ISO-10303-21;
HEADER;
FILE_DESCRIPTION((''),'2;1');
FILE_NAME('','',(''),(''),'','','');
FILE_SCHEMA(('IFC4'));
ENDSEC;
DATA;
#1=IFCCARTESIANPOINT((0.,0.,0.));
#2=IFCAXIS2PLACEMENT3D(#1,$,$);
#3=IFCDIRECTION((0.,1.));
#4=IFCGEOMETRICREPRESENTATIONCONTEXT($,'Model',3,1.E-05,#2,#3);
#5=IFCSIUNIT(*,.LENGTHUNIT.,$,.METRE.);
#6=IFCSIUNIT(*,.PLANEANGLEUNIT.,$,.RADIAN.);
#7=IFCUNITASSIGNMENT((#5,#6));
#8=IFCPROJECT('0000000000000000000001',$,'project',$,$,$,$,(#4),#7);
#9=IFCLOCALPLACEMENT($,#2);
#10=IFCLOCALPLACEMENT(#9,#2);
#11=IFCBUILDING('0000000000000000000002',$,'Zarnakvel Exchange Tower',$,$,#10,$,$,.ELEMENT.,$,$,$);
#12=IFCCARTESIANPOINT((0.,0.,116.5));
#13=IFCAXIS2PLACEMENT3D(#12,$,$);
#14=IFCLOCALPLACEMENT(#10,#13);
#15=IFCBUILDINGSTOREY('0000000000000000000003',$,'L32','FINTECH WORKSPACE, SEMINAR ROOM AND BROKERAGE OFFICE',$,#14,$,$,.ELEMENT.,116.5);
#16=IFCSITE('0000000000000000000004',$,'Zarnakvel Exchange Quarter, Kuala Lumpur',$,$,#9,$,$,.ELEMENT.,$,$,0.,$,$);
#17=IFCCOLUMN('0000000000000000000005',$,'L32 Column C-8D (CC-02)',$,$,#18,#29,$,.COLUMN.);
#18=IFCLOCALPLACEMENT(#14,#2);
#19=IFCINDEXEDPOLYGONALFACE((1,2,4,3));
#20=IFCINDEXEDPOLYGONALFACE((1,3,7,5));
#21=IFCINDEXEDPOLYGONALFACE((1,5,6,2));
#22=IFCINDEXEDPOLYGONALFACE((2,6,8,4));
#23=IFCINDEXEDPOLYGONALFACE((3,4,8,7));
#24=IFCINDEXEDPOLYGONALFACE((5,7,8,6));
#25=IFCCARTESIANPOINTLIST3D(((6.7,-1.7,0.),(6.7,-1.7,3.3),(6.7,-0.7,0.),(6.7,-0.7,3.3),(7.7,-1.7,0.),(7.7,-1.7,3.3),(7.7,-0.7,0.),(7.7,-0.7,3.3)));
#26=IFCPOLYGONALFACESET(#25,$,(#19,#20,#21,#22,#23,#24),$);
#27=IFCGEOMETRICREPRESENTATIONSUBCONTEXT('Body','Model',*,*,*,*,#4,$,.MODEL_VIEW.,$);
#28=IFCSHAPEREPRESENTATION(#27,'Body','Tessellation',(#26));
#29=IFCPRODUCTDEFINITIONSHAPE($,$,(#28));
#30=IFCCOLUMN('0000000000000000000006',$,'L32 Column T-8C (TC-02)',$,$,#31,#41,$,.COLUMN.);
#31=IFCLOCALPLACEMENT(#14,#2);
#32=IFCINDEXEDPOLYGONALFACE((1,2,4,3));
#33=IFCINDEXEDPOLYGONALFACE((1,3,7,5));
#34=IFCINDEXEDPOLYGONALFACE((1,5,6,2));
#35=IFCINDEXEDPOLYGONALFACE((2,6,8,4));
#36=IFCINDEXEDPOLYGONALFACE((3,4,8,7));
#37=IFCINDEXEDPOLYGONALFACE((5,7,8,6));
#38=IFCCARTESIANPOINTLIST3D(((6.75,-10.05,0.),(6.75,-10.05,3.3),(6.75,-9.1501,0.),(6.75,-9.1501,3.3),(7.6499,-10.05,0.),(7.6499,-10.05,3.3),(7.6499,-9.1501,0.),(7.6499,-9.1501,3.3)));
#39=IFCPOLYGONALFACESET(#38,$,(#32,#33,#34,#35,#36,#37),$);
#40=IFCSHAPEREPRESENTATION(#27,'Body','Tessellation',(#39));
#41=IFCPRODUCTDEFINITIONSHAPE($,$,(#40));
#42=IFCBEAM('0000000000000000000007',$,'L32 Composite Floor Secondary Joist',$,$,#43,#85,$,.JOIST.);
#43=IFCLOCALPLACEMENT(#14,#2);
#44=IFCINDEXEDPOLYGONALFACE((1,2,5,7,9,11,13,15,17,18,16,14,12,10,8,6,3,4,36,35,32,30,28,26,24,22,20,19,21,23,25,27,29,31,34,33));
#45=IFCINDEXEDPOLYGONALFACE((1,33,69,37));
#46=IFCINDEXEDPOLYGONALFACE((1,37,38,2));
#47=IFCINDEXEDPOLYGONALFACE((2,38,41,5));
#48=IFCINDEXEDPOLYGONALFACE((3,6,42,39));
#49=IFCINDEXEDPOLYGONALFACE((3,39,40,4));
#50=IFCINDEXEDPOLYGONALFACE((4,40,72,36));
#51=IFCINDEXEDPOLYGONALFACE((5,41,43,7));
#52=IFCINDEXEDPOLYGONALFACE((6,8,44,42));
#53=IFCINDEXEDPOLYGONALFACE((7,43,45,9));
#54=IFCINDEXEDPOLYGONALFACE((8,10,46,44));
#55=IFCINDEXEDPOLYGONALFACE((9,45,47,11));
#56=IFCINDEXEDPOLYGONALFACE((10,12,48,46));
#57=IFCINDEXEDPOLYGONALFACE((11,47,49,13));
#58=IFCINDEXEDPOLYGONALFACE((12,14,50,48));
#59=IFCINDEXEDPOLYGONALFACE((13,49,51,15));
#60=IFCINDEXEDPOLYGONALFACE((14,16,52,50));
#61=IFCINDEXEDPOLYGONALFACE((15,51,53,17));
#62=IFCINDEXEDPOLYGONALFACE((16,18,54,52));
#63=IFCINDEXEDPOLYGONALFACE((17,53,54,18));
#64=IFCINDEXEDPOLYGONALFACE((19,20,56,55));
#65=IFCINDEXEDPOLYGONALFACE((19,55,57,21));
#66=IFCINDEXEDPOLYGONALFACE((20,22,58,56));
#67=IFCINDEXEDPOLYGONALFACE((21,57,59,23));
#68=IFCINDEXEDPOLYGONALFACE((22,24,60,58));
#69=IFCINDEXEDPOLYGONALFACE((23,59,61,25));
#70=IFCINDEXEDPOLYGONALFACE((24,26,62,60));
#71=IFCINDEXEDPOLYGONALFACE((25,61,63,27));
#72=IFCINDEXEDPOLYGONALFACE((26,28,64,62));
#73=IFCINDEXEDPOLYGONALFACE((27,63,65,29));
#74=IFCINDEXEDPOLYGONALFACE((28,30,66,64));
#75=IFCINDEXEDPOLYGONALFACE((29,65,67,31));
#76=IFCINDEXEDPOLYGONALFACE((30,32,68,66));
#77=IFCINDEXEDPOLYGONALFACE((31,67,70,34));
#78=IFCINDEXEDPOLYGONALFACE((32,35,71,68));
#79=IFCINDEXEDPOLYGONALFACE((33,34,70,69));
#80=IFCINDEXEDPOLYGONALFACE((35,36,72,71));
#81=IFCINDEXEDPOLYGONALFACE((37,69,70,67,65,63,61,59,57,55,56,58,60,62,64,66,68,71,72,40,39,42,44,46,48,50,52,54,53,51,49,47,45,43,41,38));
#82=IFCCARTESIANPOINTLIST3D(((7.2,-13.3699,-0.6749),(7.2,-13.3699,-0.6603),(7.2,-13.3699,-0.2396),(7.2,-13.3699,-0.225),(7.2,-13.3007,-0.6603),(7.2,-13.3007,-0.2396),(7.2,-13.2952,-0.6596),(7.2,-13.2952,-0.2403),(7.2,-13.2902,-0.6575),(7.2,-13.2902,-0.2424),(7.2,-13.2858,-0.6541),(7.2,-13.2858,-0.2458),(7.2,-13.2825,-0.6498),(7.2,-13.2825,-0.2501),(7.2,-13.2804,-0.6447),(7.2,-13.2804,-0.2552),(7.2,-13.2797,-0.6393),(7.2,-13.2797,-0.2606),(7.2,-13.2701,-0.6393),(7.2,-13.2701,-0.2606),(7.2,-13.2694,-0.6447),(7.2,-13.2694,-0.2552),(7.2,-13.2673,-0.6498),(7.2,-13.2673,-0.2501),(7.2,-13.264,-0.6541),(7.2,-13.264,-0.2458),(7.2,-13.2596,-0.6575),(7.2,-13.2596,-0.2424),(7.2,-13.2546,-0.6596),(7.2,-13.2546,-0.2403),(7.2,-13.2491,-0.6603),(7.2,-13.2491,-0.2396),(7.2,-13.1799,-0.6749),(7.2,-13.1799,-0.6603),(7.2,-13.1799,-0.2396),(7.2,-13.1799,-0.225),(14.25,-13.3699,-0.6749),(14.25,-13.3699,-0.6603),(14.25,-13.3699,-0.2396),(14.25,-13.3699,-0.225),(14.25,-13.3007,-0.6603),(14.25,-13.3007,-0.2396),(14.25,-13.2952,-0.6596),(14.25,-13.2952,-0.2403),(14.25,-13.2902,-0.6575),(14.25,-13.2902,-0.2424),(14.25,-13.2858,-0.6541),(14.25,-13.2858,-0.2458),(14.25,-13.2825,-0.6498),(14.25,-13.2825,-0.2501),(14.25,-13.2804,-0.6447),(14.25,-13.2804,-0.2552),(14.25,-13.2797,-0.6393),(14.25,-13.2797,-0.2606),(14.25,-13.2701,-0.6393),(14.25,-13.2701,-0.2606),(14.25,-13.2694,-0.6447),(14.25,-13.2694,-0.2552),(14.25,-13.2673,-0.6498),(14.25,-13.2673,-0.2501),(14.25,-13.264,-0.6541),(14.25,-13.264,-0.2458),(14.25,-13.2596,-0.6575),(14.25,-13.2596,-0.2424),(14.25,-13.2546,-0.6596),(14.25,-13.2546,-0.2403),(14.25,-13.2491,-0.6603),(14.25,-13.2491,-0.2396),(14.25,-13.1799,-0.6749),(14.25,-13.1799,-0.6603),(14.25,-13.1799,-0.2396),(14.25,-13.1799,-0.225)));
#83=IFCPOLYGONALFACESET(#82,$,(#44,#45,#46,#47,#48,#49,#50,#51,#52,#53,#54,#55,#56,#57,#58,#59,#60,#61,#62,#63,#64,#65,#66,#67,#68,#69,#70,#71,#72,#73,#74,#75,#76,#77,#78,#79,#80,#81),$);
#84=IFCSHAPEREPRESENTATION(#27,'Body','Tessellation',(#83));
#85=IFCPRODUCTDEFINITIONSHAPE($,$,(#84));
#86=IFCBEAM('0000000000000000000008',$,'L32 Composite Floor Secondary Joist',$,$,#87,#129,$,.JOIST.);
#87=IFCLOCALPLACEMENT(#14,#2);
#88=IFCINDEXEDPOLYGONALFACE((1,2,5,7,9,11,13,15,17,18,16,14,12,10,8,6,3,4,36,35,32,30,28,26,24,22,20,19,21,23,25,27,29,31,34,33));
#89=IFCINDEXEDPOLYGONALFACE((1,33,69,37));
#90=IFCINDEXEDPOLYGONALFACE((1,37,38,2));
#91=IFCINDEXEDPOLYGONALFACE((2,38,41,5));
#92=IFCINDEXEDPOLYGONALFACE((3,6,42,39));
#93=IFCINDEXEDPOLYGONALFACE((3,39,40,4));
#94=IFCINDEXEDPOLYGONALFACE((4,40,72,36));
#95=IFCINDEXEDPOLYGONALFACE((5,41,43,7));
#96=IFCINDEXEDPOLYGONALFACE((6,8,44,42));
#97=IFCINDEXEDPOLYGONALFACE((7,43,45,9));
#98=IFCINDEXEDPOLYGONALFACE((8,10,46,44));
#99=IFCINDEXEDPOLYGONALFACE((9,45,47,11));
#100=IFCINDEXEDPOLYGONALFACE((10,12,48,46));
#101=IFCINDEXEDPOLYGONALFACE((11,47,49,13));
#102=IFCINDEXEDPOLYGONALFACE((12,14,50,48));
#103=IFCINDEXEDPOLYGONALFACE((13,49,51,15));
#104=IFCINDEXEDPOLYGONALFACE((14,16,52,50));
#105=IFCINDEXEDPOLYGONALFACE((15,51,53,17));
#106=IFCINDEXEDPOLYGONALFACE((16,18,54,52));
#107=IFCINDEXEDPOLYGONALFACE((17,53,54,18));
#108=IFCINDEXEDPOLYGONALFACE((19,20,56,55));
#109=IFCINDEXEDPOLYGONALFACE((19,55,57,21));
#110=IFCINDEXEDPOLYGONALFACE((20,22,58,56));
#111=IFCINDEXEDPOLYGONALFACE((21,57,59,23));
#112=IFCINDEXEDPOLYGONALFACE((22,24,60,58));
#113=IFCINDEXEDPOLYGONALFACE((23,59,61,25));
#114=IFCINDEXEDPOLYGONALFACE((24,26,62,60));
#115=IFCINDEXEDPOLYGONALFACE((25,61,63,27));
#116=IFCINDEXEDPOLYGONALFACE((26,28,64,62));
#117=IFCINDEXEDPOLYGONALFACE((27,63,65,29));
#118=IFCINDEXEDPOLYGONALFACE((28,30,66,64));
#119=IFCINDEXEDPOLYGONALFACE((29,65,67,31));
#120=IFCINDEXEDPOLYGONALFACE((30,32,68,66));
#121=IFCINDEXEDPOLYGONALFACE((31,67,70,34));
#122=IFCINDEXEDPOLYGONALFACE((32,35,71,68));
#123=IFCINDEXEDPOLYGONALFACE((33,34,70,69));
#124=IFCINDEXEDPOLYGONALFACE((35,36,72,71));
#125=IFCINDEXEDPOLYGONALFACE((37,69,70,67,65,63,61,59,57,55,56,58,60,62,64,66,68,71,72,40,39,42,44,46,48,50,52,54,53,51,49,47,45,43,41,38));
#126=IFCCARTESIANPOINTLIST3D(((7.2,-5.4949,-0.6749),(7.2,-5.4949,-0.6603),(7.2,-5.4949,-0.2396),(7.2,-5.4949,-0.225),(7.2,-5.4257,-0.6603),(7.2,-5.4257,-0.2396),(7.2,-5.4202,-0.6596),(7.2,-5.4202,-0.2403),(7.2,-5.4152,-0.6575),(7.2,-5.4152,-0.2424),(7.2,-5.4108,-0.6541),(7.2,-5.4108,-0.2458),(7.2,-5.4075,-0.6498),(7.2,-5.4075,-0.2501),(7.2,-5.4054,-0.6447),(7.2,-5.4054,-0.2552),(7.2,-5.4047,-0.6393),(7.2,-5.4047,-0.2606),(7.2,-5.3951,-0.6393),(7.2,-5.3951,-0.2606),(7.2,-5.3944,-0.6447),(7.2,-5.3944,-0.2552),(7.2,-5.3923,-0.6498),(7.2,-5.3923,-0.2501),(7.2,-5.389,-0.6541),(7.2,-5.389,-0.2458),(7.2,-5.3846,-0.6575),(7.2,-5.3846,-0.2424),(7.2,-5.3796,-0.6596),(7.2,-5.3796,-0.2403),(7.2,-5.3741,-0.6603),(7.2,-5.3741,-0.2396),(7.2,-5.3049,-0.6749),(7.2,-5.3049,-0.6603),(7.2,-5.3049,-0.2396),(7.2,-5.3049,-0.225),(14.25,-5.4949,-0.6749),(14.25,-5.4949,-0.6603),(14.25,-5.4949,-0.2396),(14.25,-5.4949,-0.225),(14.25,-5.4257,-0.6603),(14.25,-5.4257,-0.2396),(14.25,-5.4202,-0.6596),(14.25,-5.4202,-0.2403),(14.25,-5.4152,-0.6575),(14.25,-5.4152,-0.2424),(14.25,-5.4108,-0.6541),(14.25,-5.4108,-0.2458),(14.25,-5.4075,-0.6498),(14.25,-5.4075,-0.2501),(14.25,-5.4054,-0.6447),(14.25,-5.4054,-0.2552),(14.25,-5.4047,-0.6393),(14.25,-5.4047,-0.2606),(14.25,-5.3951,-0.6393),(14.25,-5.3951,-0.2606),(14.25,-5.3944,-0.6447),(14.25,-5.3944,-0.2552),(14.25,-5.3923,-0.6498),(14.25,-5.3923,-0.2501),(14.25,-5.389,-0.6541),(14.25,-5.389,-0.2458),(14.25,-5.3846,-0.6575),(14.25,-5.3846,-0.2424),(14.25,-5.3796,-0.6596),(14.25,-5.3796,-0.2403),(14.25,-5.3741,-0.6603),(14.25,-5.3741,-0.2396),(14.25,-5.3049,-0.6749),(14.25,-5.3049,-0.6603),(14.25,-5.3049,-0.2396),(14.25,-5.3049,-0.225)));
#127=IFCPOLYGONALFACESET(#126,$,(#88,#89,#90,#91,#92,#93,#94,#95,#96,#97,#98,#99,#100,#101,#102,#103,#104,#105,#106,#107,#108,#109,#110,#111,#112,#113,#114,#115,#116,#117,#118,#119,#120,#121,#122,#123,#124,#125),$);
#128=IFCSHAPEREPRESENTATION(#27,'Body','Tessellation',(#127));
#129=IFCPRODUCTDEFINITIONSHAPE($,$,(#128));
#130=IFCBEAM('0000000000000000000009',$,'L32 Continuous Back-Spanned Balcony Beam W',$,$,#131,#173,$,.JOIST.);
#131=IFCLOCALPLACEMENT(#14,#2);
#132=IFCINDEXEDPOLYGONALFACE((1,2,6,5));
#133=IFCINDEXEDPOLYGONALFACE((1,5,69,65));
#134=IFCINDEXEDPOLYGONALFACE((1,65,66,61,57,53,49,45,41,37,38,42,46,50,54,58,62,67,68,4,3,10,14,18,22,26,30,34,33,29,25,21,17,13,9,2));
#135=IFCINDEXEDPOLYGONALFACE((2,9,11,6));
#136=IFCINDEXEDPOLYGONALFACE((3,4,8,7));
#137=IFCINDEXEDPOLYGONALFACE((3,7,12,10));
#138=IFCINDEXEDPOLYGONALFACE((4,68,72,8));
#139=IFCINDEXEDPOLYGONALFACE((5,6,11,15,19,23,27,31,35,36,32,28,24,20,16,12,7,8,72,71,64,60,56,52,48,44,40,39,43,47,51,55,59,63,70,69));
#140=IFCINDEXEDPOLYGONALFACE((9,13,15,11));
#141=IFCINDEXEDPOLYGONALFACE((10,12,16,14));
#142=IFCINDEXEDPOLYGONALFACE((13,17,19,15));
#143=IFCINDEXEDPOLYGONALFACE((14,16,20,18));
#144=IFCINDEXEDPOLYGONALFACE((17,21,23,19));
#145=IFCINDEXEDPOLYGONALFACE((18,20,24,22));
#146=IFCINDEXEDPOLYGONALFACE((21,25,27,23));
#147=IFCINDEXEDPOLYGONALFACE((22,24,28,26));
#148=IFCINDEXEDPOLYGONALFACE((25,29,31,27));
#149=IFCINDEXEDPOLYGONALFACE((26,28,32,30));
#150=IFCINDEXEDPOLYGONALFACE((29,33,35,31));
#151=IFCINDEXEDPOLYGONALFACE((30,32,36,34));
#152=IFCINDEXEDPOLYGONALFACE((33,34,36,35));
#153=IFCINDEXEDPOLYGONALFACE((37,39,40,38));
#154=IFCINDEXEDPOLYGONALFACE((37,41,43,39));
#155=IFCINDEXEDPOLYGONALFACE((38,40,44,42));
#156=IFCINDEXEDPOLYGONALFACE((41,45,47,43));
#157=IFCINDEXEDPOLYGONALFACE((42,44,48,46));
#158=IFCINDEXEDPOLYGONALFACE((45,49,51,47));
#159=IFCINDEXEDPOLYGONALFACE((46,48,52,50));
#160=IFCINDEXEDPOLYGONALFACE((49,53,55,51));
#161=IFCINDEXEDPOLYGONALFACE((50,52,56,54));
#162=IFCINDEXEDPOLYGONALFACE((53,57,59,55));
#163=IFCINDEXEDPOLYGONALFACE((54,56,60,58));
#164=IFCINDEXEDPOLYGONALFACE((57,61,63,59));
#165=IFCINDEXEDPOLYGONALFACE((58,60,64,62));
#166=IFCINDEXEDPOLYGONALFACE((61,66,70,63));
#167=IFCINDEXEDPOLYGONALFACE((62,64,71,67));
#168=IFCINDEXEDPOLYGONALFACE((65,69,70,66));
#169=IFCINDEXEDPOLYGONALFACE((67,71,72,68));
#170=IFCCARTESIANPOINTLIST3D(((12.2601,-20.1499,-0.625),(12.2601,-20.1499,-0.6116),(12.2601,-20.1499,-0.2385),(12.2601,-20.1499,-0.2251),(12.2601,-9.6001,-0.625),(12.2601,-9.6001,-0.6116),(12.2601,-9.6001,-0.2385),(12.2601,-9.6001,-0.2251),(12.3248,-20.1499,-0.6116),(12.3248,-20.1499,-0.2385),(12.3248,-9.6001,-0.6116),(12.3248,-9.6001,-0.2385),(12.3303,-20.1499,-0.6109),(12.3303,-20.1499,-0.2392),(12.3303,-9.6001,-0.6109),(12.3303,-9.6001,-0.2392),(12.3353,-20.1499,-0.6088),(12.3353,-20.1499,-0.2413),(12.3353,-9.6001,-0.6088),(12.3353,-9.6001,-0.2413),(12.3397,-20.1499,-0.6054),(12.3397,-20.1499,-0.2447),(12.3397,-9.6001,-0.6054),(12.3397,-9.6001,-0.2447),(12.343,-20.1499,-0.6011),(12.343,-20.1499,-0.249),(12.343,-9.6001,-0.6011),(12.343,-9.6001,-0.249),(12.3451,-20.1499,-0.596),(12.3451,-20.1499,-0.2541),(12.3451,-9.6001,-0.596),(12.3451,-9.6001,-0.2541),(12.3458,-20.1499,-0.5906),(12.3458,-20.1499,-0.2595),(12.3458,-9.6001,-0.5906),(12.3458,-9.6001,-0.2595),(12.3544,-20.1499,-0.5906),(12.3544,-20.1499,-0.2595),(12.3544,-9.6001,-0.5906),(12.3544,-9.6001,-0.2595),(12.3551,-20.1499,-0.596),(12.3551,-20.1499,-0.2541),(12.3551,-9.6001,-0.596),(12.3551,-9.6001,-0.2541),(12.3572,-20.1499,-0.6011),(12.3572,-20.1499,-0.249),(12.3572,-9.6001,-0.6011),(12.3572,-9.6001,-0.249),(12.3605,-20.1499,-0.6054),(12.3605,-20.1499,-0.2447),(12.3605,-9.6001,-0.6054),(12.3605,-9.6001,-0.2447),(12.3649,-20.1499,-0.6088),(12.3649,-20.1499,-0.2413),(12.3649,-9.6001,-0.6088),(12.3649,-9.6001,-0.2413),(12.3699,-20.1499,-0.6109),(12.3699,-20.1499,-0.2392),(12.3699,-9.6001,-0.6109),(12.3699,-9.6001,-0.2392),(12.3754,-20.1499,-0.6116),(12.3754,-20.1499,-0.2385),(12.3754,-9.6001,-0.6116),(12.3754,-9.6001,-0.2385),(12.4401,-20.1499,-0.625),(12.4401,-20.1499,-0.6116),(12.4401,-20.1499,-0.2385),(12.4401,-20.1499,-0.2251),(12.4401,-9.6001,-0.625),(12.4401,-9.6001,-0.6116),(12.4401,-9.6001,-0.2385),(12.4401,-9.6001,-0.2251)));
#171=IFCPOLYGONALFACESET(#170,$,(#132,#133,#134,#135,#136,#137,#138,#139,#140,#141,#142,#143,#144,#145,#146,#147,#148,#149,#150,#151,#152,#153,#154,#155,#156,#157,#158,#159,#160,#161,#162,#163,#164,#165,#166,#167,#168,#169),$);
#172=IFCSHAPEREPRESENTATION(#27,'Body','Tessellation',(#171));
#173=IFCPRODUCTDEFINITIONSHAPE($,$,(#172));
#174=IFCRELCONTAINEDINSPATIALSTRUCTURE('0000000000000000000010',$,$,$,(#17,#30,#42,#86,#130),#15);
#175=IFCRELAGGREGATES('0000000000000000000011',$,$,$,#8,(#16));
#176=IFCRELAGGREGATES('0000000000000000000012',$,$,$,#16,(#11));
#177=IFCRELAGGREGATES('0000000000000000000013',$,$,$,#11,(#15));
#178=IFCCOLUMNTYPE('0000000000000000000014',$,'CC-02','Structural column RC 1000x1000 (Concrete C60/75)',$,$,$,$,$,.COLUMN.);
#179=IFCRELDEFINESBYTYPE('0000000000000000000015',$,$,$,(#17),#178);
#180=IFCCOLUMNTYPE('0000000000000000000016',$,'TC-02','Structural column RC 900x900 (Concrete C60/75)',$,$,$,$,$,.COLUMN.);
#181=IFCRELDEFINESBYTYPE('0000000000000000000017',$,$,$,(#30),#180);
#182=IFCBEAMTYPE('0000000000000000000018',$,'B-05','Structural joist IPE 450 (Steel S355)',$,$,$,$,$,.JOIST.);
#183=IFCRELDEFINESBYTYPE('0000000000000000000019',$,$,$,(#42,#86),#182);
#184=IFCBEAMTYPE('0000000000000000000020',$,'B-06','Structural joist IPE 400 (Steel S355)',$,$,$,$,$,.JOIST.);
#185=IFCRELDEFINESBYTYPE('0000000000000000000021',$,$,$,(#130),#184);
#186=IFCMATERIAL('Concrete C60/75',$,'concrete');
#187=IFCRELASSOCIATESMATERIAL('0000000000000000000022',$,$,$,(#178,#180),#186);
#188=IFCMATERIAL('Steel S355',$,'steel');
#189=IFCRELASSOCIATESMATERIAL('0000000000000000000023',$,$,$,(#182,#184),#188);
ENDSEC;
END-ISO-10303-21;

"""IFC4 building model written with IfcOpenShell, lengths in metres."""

from ifc_helpers import new_model, si_unit, direction, frame, origin, origin_2d, place, context, subcontext, project, spatial, rectangle, i_section, extrude, material, material_profile, profile_set, type_object, element, save


model = new_model("IFC4")

# Units and contexts
model_context = context("Model", 3, precision=1e-05, world=origin(), true_north=direction((0.0, 1.0)))
body_context = subcontext(model_context, "Body", "Model", "MODEL_VIEW")
ifc_project = project(units=[si_unit("LENGTHUNIT", "METRE"), si_unit("PLANEANGLEUNIT", "RADIAN")], contexts=[model_context])

# Site, building, storey
site_placement = place(None, origin())
site = spatial("IfcSite", under=ifc_project, at=site_placement, Name="Zarnakvel Exchange Quarter, Kuala Lumpur", CompositionType="ELEMENT", RefElevation=0.0)
building_placement = place(site_placement, origin())
building = spatial("IfcBuilding", under=site, at=building_placement, Name="Zarnakvel Exchange Tower", CompositionType="ELEMENT")
storey_placement = place(building_placement, frame((0.0, 0.0, 116.5)))
storey = spatial("IfcBuildingStorey", under=building, at=storey_placement, Name="L32", Description="FINTECH WORKSPACE, SEMINAR ROOM AND BROKERAGE OFFICE", CompositionType="ELEMENT", Elevation=116.5)

# Columns
ifc_material_1 = material(Name="Concrete C60/75", Category="concrete")
ifc_material_profile_1 = material_profile(ifc_material_1, rectangle(XDim=1.0, YDim=1.0, at=origin_2d()))
ifc_profile_set_1 = profile_set([ifc_material_profile_1], Name="Concrete C60/75")
column_type_1 = type_object("IfcColumnType", Name="CC-02", Description="Structural column RC 1000x1000 (Concrete C60/75)", PredefinedType="COLUMN", material=ifc_profile_set_1)
column_1_placement = place(storey_placement, frame((7.2, -1.2, 0.0), z_axis=(0.0, 0.0, 1.0), x_axis=(1.0, 0.0, 0.0)))
element("IfcColumn", 1, at=column_1_placement, inside=storey, type_object=column_type_1, Name="L32 Column C-8D (CC-02)", PredefinedType="COLUMN", context=body_context, shape_type="SweptSolid", body=[
    extrude(rectangle(XDim=1.0, YDim=1.0, at=origin_2d()), origin(), (0.0, 0.0, 1.0), 3.3),
])
ifc_material_profile_2 = material_profile(ifc_material_1, rectangle(XDim=0.8999, YDim=0.8999, at=origin_2d()))
ifc_profile_set_2 = profile_set([ifc_material_profile_2], Name="Concrete C60/75")
column_type_2 = type_object("IfcColumnType", Name="TC-02", Description="Structural column RC 900x900 (Concrete C60/75)", PredefinedType="COLUMN", material=ifc_profile_set_2)
column_2_placement = place(storey_placement, frame((7.2, -9.6001, 0.0), z_axis=(0.0, 0.0, 1.0), x_axis=(1.0, 0.0, 0.0)))
element("IfcColumn", 2, at=column_2_placement, inside=storey, type_object=column_type_2, Name="L32 Column T-8C (TC-02)", PredefinedType="COLUMN", context=body_context, shape_type="SweptSolid", body=[
    extrude(rectangle(XDim=0.8999, YDim=0.8999, at=origin_2d()), origin(), (0.0, 0.0, 1.0), 3.3),
])

# Beams
ifc_material_2 = material(Name="Steel S355", Category="steel")
ifc_material_profile_3 = material_profile(ifc_material_2, i_section(OverallWidth=0.1899, OverallDepth=0.45, WebThickness=0.0095, FlangeThickness=0.0146, FilletRadius=0.021, at=origin_2d()))
ifc_profile_set_3 = profile_set([ifc_material_profile_3], Name="Steel S355")
beam_type_1 = type_object("IfcBeamType", Name="B-05", Description="Structural joist IPE 450 (Steel S355)", PredefinedType="JOIST", material=ifc_profile_set_3)
for number, where, z_axis, x_axis, name in (
    (3, (7.2, -13.2749, -0.45), (1.0, 0.0, 0.0), (0.0, 1.0, 0.0), "L32 Composite Floor Secondary Joist"),
    (4, (7.2, -5.3999, -0.45), (1.0, 0.0, 0.0), (0.0, 1.0, 0.0), "L32 Composite Floor Secondary Joist"),
):
    element("IfcBeam", number, at=place(storey_placement, frame(where, z_axis=z_axis, x_axis=x_axis)), inside=storey, type_object=beam_type_1, Name=name, PredefinedType="JOIST", context=body_context, shape_type="SweptSolid", body=[
        extrude(i_section(OverallWidth=0.1899, OverallDepth=0.45, WebThickness=0.0095, FlangeThickness=0.0146, FilletRadius=0.021, at=origin_2d()), origin(), (0.0, 0.0, 1.0), 7.05),
    ])
ifc_material_profile_4 = material_profile(ifc_material_2, i_section(OverallWidth=0.1799, OverallDepth=0.3999, WebThickness=0.0085, FlangeThickness=0.0134, FilletRadius=0.021, at=origin_2d()))
ifc_profile_set_4 = profile_set([ifc_material_profile_4], Name="Steel S355")
beam_type_2 = type_object("IfcBeamType", Name="B-06", Description="Structural joist IPE 400 (Steel S355)", PredefinedType="JOIST", material=ifc_profile_set_4)
beam_1_placement = place(storey_placement, frame((12.3501, -9.6001, -0.425), z_axis=(0.0, -1.0, 0.0), x_axis=(1.0, 0.0, 0.0)))
element("IfcBeam", 5, at=beam_1_placement, inside=storey, type_object=beam_type_2, Name="L32 Continuous Back-Spanned Balcony Beam W", PredefinedType="JOIST", context=body_context, shape_type="SweptSolid", body=[
    extrude(i_section(OverallWidth=0.1799, OverallDepth=0.3999, WebThickness=0.0085, FlangeThickness=0.0134, FilletRadius=0.021, at=origin_2d()), origin(), (0.0, 0.0, 1.0), 10.5498),
])

save(model, "model.ifc")
